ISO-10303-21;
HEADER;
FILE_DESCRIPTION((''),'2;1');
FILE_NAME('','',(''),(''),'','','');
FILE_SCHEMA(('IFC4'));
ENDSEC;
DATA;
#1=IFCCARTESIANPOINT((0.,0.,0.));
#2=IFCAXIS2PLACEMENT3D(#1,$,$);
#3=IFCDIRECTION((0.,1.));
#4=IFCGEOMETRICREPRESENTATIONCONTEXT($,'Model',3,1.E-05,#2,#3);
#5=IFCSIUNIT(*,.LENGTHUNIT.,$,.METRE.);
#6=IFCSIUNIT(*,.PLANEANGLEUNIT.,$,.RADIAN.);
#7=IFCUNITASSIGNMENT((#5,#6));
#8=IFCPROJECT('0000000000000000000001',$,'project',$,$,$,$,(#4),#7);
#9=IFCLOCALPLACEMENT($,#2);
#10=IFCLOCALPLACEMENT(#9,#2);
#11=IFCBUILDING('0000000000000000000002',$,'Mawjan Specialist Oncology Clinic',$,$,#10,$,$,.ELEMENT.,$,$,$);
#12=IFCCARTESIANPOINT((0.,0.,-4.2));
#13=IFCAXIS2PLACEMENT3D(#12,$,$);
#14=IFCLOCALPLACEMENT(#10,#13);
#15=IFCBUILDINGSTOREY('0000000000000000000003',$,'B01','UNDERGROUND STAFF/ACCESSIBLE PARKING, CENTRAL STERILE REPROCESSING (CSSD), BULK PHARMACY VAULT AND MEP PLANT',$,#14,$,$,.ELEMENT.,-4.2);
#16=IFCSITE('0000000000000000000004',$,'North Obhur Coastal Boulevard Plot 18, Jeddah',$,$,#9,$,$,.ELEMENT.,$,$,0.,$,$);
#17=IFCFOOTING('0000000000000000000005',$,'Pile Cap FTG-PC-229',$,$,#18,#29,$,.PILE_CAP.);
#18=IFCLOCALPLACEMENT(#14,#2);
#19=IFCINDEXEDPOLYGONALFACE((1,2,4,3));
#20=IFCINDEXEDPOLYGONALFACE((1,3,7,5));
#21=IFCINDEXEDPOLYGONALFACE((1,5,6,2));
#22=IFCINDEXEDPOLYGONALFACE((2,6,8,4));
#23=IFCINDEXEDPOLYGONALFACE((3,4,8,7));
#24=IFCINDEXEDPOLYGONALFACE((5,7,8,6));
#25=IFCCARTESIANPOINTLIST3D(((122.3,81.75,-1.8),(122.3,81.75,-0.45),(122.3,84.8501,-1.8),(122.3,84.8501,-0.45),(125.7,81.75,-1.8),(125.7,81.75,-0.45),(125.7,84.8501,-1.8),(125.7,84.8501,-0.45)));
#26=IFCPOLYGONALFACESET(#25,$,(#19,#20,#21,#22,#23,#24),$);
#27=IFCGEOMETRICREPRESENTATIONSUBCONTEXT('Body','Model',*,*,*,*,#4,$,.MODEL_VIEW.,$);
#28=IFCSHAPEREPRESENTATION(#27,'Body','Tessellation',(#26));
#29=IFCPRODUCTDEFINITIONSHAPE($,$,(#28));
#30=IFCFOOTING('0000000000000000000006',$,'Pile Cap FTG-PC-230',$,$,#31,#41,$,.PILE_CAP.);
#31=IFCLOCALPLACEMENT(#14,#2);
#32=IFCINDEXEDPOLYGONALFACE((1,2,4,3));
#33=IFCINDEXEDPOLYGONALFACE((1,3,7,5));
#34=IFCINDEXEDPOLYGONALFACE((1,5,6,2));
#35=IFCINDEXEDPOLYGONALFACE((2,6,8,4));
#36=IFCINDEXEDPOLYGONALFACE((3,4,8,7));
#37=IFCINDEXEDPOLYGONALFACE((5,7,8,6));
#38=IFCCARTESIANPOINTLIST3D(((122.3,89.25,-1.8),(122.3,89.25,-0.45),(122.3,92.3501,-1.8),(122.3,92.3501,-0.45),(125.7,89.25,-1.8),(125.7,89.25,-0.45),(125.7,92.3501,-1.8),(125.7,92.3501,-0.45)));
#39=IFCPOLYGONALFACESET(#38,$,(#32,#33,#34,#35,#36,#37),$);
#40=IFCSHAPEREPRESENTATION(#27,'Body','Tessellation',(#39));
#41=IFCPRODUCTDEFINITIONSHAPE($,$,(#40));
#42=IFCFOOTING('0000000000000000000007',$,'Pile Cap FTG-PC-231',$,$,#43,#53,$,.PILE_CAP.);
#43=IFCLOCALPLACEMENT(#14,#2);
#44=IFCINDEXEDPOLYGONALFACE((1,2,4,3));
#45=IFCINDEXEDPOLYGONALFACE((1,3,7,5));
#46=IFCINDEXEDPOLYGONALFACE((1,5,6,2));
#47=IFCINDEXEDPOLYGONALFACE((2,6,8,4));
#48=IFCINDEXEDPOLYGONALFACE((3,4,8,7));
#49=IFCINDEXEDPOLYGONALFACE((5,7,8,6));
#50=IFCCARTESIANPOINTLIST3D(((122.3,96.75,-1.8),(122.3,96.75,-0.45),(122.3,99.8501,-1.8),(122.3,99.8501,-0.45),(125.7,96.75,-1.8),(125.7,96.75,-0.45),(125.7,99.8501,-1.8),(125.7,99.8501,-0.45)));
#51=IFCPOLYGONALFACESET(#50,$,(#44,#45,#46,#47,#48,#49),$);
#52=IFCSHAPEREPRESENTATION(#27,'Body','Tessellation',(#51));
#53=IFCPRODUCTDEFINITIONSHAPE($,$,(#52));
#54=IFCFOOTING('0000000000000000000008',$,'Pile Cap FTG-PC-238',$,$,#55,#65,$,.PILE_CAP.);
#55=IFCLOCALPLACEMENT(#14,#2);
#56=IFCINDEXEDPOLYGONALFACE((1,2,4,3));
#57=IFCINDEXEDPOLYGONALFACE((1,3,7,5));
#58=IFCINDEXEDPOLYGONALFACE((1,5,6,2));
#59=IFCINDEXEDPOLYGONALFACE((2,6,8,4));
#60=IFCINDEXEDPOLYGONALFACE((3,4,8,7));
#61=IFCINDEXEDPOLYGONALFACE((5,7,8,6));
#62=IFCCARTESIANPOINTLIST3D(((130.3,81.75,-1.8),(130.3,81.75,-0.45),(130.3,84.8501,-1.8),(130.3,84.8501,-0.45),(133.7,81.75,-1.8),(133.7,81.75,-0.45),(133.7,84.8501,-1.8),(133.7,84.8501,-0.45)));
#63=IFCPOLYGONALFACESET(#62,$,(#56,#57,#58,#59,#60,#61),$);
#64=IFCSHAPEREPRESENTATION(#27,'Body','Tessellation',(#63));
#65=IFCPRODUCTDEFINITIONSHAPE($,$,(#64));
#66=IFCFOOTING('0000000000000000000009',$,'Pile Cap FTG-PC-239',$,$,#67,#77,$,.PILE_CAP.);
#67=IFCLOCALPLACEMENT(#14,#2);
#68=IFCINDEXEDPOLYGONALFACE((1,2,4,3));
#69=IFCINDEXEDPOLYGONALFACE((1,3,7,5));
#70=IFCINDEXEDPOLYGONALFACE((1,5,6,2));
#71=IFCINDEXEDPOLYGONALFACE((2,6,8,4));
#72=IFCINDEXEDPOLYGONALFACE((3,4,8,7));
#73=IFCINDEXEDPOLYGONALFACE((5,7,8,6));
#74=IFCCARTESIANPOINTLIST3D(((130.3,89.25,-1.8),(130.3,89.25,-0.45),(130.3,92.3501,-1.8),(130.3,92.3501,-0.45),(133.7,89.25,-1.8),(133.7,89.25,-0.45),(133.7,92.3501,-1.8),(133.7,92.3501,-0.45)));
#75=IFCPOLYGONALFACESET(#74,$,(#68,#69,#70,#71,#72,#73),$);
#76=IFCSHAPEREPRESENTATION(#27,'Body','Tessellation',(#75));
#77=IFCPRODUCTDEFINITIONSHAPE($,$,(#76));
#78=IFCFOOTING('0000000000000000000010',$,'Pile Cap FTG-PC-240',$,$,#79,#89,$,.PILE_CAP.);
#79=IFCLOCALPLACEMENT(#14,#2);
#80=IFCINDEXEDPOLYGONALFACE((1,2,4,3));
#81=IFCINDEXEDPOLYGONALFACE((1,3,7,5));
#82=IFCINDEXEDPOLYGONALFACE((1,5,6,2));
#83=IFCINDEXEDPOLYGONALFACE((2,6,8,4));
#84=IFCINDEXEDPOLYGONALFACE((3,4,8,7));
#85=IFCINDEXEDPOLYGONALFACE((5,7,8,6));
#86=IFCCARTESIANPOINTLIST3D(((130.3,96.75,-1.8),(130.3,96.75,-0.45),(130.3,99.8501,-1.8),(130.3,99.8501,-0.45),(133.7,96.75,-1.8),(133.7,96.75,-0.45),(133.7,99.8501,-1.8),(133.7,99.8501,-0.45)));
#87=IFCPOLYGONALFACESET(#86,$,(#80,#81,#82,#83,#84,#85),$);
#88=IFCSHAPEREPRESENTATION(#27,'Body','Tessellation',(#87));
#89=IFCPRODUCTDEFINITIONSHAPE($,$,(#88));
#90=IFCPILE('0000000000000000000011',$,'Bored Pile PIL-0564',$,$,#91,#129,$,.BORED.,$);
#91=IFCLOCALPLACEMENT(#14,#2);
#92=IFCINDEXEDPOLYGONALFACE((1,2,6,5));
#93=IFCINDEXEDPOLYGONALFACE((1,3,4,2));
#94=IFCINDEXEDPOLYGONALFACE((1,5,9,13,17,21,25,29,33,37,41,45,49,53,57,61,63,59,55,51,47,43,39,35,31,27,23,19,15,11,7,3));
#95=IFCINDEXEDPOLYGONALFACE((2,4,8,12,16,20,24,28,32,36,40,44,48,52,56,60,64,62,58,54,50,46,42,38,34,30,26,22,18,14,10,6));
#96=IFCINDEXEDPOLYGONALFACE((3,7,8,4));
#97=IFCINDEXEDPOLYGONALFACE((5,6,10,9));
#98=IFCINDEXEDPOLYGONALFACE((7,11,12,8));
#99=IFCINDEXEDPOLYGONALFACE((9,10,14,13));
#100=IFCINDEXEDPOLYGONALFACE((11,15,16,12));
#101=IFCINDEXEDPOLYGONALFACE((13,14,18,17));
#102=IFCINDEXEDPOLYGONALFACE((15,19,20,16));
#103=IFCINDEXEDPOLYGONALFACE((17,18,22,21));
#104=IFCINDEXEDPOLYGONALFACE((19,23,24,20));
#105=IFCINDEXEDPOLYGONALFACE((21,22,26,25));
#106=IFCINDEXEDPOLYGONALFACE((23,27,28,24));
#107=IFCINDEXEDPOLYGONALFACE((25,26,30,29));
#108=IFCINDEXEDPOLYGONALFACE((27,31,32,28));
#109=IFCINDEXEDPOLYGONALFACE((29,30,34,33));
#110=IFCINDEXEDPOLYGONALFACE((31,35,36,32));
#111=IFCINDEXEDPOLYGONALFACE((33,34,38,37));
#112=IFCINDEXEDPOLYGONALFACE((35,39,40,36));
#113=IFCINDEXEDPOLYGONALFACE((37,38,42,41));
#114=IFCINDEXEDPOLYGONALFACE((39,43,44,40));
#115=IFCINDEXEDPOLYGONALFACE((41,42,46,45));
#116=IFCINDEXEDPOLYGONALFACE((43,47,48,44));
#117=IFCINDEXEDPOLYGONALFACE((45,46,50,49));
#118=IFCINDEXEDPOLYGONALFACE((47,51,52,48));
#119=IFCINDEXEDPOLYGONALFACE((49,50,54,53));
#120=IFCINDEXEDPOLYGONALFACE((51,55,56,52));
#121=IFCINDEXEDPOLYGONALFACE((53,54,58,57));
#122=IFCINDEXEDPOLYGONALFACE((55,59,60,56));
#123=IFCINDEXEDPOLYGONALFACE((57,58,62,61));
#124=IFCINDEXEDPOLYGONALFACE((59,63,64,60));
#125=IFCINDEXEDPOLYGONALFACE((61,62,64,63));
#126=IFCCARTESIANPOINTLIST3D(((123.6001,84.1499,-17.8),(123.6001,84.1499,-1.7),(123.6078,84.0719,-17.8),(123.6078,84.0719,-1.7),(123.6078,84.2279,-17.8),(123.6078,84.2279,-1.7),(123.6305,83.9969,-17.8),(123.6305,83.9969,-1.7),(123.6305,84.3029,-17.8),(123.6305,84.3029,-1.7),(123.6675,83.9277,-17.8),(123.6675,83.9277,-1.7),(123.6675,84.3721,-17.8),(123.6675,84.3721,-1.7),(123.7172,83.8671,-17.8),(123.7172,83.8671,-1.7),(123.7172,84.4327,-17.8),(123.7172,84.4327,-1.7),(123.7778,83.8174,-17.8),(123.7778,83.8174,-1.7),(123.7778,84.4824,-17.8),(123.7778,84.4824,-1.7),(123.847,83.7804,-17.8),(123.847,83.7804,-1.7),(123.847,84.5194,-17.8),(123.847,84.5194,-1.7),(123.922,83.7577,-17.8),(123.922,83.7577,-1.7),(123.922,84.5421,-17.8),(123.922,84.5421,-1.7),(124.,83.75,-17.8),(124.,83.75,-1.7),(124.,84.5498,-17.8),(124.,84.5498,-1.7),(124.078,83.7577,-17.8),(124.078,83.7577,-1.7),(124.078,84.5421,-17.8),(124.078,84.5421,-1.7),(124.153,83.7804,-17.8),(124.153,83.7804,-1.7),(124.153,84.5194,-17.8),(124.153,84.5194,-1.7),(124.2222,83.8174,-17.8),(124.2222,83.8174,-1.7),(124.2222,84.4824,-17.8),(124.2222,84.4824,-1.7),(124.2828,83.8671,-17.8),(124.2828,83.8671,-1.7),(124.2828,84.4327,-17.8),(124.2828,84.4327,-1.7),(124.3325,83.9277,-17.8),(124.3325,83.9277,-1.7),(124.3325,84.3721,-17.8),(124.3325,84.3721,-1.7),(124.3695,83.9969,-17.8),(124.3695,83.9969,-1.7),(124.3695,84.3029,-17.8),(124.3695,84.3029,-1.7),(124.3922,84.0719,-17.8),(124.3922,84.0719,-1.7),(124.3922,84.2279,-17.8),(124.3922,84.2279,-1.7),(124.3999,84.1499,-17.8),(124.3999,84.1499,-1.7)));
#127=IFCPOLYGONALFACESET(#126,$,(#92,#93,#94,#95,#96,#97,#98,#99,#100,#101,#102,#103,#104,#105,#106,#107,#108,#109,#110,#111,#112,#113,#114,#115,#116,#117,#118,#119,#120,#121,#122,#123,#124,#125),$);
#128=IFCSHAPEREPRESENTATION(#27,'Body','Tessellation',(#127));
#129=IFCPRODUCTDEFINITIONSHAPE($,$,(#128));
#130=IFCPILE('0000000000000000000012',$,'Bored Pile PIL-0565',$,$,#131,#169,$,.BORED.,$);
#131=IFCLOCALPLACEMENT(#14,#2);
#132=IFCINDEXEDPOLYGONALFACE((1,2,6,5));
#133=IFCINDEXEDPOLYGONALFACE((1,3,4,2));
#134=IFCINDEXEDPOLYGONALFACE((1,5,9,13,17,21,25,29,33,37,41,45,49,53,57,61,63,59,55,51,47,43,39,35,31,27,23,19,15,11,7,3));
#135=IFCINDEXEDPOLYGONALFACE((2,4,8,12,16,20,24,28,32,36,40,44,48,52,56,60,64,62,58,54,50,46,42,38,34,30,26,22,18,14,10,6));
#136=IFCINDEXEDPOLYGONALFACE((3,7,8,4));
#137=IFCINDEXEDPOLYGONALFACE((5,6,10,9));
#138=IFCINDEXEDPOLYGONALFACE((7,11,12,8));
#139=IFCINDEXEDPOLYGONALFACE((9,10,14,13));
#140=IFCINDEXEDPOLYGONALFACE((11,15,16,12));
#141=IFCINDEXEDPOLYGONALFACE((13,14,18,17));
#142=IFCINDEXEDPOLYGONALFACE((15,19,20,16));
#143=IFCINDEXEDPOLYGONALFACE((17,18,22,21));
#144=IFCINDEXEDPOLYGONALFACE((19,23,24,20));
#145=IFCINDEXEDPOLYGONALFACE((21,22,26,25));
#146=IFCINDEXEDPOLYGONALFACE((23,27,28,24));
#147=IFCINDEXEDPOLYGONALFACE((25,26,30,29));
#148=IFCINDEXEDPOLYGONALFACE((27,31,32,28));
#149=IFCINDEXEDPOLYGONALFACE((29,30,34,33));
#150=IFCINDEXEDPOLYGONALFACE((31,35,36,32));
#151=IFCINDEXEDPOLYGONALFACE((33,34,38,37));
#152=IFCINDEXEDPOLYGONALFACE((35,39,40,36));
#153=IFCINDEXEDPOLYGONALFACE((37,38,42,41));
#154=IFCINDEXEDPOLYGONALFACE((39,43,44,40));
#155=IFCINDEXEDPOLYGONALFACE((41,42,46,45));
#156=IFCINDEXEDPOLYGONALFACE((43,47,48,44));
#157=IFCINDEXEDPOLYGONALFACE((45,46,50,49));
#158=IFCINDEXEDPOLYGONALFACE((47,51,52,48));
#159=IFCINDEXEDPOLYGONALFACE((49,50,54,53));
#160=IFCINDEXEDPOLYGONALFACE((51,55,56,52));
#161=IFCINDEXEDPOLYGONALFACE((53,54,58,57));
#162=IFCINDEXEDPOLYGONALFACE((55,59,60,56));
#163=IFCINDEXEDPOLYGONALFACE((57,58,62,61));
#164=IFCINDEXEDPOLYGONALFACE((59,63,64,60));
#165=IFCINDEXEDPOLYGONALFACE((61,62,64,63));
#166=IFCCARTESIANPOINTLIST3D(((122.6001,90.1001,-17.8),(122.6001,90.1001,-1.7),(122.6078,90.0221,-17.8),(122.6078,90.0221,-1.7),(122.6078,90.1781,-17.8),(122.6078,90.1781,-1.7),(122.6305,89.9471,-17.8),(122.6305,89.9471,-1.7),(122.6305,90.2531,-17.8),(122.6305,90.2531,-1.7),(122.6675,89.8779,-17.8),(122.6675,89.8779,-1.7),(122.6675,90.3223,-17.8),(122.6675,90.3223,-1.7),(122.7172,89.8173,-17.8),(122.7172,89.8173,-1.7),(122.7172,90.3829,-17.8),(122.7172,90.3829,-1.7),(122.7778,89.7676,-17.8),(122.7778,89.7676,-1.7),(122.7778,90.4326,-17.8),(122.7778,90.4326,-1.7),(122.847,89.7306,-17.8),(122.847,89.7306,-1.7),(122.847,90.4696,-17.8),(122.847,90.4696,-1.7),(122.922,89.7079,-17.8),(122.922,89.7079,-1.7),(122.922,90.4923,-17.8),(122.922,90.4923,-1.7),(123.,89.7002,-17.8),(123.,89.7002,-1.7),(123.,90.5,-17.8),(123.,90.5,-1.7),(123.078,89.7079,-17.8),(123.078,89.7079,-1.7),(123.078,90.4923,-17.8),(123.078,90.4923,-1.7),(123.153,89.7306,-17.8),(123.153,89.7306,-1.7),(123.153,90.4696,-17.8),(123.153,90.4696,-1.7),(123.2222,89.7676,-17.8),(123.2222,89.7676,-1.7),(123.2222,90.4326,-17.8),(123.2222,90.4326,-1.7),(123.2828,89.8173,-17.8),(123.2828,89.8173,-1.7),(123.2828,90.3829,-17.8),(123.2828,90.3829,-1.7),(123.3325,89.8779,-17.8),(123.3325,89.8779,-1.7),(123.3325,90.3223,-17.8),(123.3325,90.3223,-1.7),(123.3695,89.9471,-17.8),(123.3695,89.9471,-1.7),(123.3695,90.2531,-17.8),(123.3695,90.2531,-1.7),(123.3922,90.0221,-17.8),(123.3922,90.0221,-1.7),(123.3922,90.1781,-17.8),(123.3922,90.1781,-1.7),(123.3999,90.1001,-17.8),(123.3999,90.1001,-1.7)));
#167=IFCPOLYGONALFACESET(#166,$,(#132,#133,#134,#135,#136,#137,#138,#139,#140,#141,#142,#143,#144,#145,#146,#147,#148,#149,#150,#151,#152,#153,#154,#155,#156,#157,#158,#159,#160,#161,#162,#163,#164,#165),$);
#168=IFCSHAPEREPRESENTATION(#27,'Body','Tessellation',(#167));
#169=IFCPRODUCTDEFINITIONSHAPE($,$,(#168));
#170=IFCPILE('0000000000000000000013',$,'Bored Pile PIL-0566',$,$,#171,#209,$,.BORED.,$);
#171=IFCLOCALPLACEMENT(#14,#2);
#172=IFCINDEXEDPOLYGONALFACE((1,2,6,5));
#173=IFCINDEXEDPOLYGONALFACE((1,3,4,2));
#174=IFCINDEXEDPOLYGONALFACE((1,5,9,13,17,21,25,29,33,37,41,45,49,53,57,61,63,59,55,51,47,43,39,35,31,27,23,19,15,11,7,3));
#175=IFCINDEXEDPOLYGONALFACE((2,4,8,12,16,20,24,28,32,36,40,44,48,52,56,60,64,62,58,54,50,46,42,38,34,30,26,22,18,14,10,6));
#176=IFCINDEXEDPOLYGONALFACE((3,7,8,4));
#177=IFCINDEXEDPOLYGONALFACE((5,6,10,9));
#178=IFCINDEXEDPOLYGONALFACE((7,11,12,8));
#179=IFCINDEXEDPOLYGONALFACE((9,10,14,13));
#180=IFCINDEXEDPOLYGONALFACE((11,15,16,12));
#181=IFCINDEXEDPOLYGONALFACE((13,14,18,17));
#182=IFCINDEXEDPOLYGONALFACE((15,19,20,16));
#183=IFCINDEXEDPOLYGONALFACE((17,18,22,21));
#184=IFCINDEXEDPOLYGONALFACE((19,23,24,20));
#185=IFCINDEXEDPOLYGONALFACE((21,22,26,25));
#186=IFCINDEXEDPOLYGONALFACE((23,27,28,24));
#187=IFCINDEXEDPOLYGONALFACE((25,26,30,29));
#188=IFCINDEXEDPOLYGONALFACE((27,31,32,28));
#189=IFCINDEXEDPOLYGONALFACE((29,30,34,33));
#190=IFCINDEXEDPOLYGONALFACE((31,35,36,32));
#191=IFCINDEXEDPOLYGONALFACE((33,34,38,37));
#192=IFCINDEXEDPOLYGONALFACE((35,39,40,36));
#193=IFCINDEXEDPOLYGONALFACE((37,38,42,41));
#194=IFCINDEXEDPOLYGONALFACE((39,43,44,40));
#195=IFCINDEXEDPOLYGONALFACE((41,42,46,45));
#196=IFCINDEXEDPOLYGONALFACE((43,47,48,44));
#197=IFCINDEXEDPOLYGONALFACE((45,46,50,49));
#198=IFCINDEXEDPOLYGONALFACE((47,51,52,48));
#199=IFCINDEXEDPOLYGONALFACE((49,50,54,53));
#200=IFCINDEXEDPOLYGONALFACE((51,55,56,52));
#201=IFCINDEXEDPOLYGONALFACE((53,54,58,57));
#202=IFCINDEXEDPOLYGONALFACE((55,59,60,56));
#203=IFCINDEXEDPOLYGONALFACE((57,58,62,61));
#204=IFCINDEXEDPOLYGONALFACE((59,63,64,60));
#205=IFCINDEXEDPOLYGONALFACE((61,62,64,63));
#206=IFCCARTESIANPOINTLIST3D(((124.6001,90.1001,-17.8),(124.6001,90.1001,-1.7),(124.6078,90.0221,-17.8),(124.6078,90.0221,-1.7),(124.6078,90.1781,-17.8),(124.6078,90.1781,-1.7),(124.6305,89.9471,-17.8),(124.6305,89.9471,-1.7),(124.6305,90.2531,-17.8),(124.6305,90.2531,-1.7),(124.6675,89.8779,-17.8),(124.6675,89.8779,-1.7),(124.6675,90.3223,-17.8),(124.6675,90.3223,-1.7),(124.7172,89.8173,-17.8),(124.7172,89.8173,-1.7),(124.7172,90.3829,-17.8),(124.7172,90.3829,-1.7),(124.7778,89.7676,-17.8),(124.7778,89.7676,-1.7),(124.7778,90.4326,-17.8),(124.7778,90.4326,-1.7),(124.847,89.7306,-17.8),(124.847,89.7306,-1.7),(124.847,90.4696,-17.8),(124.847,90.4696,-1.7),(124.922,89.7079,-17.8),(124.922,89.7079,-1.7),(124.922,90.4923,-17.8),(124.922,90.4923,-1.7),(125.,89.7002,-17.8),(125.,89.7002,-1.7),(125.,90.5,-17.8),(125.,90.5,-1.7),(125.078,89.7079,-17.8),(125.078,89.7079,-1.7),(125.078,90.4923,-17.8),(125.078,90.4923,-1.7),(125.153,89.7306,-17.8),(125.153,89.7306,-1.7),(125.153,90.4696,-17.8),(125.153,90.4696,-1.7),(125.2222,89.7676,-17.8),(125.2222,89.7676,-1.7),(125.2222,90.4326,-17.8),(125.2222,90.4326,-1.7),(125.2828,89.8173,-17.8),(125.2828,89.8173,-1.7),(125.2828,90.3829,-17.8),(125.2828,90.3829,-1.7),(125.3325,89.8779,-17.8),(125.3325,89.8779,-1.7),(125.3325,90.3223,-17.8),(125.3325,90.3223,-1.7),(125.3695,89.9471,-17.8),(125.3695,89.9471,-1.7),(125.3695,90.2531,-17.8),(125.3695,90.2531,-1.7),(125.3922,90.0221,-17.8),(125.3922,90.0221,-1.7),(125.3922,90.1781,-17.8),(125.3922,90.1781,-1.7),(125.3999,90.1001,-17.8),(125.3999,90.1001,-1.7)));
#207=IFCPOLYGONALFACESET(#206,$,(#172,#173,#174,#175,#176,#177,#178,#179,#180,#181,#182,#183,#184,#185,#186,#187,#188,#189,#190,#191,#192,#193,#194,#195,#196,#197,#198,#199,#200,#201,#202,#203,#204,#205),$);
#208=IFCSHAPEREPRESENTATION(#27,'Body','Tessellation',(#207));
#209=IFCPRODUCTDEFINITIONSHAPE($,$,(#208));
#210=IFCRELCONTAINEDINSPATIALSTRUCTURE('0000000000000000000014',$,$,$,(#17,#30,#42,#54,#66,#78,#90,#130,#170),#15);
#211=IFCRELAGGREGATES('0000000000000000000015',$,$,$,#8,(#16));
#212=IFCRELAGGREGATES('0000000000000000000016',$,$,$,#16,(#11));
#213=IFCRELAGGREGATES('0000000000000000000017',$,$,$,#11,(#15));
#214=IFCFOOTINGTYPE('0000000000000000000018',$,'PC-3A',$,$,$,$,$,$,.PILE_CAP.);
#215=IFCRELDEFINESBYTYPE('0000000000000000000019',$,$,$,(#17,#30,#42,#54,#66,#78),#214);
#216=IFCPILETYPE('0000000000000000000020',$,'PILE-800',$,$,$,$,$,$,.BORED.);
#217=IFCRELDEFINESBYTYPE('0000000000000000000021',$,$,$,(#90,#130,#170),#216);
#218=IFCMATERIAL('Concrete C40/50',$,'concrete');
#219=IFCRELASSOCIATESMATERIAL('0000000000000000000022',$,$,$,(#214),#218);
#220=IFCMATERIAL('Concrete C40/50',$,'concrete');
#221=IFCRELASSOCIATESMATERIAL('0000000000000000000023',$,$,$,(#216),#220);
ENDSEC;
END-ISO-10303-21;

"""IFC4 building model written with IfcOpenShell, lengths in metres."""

from ifc_helpers import new_model, si_unit, direction, frame, origin, origin_2d, place, context, subcontext, project, spatial, rectangle, circle, extrude, material, material_profile, profile_set, type_object, element, save


model = new_model("IFC4")

# Units and contexts
model_context = context("Model", 3, precision=1e-05, world=origin(), true_north=direction((0.0, 1.0)))
body_context = subcontext(model_context, "Body", "Model", "MODEL_VIEW")
ifc_project = project(units=[si_unit("LENGTHUNIT", "METRE"), si_unit("PLANEANGLEUNIT", "RADIAN")], contexts=[model_context])

# Site, building, storey
site_placement = place(None, origin())
site = spatial("IfcSite", under=ifc_project, at=site_placement, Name="North Obhur Coastal Boulevard Plot 18, Jeddah", CompositionType="ELEMENT", RefElevation=0.0)
building_placement = place(site_placement, origin())
building = spatial("IfcBuilding", under=site, at=building_placement, Name="Mawjan Specialist Oncology Clinic", CompositionType="ELEMENT")
storey_placement = place(building_placement, frame((0.0, 0.0, -4.2)))
storey = spatial("IfcBuildingStorey", under=building, at=storey_placement, Name="B01", Description="UNDERGROUND STAFF/ACCESSIBLE PARKING, CENTRAL STERILE REPROCESSING (CSSD), BULK PHARMACY VAULT AND MEP PLANT", CompositionType="ELEMENT", Elevation=-4.2)

# Footings
ifc_material_1 = material(Name="Concrete C40/50", Category="concrete")
footing_type_1 = type_object("IfcFootingType", Name="PC-3A", PredefinedType="PILE_CAP", material=ifc_material_1)
for number, where, z_axis, x_axis, name in (
    (1, (124.0, 83.3, -1.8), (0.0, 0.0, 1.0), (1.0, 0.0, 0.0), "Pile Cap FTG-PC-229"),
    (2, (124.0, 90.8, -1.8), (0.0, 0.0, 1.0), (1.0, 0.0, 0.0), "Pile Cap FTG-PC-230"),
    (3, (124.0, 98.3, -1.8), (0.0, 0.0, 1.0), (1.0, 0.0, 0.0), "Pile Cap FTG-PC-231"),
    (4, (132.0, 83.3, -1.8), (0.0, 0.0, 1.0), (1.0, 0.0, 0.0), "Pile Cap FTG-PC-238"),
    (5, (132.0, 90.8, -1.8), (0.0, 0.0, 1.0), (1.0, 0.0, 0.0), "Pile Cap FTG-PC-239"),
    (6, (132.0, 98.3, -1.8), (0.0, 0.0, 1.0), (1.0, 0.0, 0.0), "Pile Cap FTG-PC-240"),
):
    element("IfcFooting", number, at=place(storey_placement, frame(where, z_axis=z_axis, x_axis=x_axis)), inside=storey, type_object=footing_type_1, Name=name, PredefinedType="PILE_CAP", context=body_context, shape_type="SweptSolid", body=[
        extrude(rectangle(XDim=3.3999, YDim=3.1001, at=origin_2d()), origin(), (0.0, 0.0, 1.0), 1.3501),
    ])

# Piles
ifc_material_2 = material(Name="Concrete C40/50", Category="concrete")
ifc_material_profile_1 = material_profile(ifc_material_2, circle(Radius=0.3999, at=origin_2d()), Name="BORED PILE D800", Category="concrete")
ifc_profile_set_1 = profile_set([ifc_material_profile_1], Name="Concrete C40/50")
pile_type = type_object("IfcPileType", Name="PILE-800", PredefinedType="BORED", material=ifc_profile_set_1)
for number, where, z_axis, x_axis, name in (
    (7, (124.0, 84.1499, -1.7), (0.0, 0.0, -1.0), (1.0, 0.0, 0.0), "Bored Pile PIL-0564"),
    (8, (123.0, 90.1001, -1.7), (0.0, 0.0, -1.0), (1.0, 0.0, 0.0), "Bored Pile PIL-0565"),
    (9, (125.0, 90.1001, -1.7), (0.0, 0.0, -1.0), (1.0, 0.0, 0.0), "Bored Pile PIL-0566"),
):
    element("IfcPile", number, at=place(storey_placement, frame(where, z_axis=z_axis, x_axis=x_axis)), inside=storey, type_object=pile_type, Name=name, PredefinedType="BORED", context=body_context, shape_type="SweptSolid", body=[
        extrude(circle(Radius=0.3999, at=origin_2d()), origin(), (0.0, 0.0, 1.0), 16.1001),
    ])

save(model, "model.ifc")
